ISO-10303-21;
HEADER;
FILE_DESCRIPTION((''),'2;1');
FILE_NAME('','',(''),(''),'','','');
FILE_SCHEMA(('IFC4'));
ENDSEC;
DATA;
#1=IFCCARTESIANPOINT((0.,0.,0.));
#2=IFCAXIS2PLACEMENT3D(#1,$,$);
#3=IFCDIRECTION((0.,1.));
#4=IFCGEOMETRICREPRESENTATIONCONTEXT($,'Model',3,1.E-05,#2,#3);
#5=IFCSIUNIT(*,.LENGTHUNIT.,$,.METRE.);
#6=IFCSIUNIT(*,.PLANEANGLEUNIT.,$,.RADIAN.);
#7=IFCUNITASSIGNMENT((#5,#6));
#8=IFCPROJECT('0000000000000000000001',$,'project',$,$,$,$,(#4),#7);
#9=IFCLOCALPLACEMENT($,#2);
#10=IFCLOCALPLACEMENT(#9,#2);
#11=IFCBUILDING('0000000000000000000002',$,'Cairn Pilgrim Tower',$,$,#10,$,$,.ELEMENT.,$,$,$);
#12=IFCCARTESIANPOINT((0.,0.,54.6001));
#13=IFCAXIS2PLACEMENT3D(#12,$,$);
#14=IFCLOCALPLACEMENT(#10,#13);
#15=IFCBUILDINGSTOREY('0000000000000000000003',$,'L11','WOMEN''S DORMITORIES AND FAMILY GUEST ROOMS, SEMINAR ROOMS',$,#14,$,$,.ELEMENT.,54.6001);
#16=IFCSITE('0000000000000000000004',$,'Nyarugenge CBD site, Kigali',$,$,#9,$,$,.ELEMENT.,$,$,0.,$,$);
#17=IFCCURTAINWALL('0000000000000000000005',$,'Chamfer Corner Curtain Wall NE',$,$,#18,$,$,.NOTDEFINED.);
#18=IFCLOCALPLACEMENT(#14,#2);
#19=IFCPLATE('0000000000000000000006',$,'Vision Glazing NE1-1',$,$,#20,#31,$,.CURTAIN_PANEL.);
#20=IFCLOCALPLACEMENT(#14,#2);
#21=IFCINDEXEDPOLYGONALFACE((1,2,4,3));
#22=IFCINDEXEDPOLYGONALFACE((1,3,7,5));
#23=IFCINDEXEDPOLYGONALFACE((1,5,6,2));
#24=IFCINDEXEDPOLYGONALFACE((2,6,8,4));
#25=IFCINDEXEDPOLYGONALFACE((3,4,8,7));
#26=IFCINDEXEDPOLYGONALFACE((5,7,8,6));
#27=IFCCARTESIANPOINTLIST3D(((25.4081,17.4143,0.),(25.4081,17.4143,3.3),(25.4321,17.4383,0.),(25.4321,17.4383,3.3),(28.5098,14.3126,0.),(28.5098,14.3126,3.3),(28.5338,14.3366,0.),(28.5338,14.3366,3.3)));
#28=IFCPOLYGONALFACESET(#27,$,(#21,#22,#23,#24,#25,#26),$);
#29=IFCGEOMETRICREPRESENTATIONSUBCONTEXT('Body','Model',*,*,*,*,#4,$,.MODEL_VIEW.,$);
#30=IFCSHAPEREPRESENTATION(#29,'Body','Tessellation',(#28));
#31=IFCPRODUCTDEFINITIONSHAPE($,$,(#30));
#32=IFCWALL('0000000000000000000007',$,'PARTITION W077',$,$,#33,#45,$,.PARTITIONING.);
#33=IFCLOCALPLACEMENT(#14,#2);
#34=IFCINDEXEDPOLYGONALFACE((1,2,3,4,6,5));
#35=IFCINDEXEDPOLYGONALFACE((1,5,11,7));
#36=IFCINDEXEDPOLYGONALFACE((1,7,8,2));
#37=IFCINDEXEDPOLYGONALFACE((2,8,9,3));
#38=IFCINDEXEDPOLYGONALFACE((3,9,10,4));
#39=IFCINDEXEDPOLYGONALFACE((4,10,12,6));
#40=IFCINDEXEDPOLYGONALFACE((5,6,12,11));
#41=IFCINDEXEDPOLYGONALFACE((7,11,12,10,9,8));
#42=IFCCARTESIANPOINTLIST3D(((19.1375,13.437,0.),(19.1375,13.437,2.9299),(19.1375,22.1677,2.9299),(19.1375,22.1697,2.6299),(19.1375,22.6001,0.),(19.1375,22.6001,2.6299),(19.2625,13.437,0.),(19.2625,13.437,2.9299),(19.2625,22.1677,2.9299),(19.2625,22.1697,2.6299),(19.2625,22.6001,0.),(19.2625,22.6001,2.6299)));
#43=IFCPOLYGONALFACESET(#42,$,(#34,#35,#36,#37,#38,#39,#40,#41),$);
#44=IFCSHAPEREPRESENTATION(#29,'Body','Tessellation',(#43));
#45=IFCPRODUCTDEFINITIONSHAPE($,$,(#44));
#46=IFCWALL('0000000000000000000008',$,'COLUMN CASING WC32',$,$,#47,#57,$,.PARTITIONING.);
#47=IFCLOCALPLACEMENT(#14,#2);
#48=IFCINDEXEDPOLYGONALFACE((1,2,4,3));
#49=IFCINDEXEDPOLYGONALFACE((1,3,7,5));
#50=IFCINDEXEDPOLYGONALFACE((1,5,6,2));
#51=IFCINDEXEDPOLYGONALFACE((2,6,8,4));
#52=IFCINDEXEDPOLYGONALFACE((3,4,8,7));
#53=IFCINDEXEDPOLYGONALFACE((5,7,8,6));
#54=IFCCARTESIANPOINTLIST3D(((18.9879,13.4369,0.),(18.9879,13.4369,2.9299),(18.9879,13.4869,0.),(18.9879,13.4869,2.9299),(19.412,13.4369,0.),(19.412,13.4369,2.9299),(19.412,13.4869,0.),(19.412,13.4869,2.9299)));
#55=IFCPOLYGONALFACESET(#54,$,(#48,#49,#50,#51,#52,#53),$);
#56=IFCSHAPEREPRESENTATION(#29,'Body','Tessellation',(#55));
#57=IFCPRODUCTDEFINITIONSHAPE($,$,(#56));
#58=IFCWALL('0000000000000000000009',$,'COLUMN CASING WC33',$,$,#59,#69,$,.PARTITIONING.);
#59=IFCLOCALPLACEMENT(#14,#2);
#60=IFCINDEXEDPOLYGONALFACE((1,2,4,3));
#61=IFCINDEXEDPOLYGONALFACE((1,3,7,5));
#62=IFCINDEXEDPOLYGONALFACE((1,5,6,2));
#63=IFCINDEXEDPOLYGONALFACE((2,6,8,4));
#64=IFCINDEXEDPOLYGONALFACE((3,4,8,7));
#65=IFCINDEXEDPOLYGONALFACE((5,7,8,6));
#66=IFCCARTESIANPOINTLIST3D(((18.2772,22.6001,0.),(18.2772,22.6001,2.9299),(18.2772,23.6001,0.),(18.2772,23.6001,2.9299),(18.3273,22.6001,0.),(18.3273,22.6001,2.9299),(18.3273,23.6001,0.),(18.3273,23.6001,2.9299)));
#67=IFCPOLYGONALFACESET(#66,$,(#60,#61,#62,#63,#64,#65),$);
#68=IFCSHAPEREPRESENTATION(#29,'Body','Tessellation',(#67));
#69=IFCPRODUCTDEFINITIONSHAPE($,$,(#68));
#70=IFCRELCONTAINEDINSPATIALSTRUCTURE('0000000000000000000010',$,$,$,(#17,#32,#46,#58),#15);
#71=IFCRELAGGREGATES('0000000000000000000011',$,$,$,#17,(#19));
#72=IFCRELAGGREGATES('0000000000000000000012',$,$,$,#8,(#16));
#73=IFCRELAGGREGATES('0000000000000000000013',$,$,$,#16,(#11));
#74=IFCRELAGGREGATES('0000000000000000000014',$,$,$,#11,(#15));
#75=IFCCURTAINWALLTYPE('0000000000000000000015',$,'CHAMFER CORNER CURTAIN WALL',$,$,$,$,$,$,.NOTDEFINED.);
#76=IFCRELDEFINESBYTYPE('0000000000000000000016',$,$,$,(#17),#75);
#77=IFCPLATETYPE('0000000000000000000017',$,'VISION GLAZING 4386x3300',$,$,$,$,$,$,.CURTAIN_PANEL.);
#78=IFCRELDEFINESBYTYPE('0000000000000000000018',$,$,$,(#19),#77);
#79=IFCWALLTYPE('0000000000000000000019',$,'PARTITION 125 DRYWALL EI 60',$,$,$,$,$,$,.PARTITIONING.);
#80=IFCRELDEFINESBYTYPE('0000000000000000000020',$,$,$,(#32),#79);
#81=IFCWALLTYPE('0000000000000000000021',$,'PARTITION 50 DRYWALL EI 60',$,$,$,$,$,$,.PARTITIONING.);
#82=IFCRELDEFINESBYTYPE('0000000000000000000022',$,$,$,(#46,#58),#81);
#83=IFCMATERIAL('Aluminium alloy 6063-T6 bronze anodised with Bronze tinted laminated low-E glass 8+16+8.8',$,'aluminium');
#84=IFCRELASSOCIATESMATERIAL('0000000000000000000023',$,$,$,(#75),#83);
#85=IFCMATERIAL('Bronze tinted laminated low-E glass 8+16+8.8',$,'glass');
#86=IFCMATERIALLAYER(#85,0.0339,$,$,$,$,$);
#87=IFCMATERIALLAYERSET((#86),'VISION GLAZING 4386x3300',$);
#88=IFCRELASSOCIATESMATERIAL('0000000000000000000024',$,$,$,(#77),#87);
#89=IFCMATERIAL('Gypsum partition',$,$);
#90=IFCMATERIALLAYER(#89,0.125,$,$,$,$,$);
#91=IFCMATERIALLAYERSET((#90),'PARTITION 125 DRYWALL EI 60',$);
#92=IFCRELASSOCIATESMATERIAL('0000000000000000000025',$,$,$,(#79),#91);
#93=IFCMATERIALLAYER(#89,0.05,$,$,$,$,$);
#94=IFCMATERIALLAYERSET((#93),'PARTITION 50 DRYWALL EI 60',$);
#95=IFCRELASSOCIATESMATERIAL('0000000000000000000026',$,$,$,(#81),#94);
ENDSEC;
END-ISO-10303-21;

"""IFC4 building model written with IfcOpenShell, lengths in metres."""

from ifc_helpers import new_model, si_unit, direction, frame, frame_2d, origin, origin_2d, place, context, subcontext, project, spatial, polyline, rectangle, outline, extrude, material, layer, layer_set, type_object, element, aggregate, save


model = new_model("IFC4")

# Units and contexts
model_context = context("Model", 3, precision=1e-05, world=origin(), true_north=direction((0.0, 1.0)))
body_context = subcontext(model_context, "Body", "Model", "MODEL_VIEW")
ifc_project = project(units=[si_unit("LENGTHUNIT", "METRE"), si_unit("PLANEANGLEUNIT", "RADIAN")], contexts=[model_context])

# Site, building, storey
site_placement = place(None, origin())
site = spatial("IfcSite", under=ifc_project, at=site_placement, Name="Nyarugenge CBD site, Kigali", CompositionType="ELEMENT", RefElevation=0.0)
building_placement = place(site_placement, origin())
building = spatial("IfcBuilding", under=site, at=building_placement, Name="Cairn Pilgrim Tower", CompositionType="ELEMENT")
storey_placement = place(building_placement, frame((0.0, 0.0, 54.6001)))
storey = spatial("IfcBuildingStorey", under=building, at=storey_placement, Name="L11", Description="WOMEN'S DORMITORIES AND FAMILY GUEST ROOMS, SEMINAR ROOMS", CompositionType="ELEMENT", Elevation=54.6001)

# Curtain wall
ifc_material_1 = material(Name="Aluminium alloy 6063-T6 bronze anodised with Bronze tinted laminated low-E glass 8+16+8.8", Category="aluminium")
curtain_wall_type_1 = type_object("IfcCurtainWallType", Name="CHAMFER CORNER CURTAIN WALL", PredefinedType="NOTDEFINED", material=ifc_material_1)
curtain_wall_1_placement = place(storey_placement, origin())
curtain_wall_1 = element("IfcCurtainWall", 1, at=curtain_wall_1_placement, inside=storey, type_object=curtain_wall_type_1, Name="Chamfer Corner Curtain Wall NE", PredefinedType="NOTDEFINED")

# Plate
ifc_material_2 = material(Name="Bronze tinted laminated low-E glass 8+16+8.8", Category="glass")
ifc_layer_1 = layer(ifc_material_2, 0.0339)
ifc_layer_set_1 = layer_set([ifc_layer_1], Name="VISION GLAZING 4386x3300")
plate_type_1 = type_object("IfcPlateType", Name="VISION GLAZING 4386x3300", PredefinedType="CURTAIN_PANEL", material=ifc_layer_set_1)
plate_1_placement = place(storey_placement, frame((26.9709, 15.8755, 0.0), z_axis=(0.0, 0.0, 1.0), x_axis=(-0.707107, 0.707107, 0.0)))
plate_1 = element("IfcPlate", 2, at=plate_1_placement, type_object=plate_type_1, Name="Vision Glazing NE1-1", PredefinedType="CURTAIN_PANEL", context=body_context, shape_type="SweptSolid", body=[
    extrude(rectangle(XDim=4.3865, YDim=0.0339, at=origin_2d()), origin(), (0.0, 0.0, 1.0), 3.3),
])
aggregate(curtain_wall_1, [plate_1])

# Walls
ifc_material_3 = material(Name="Gypsum partition")
ifc_layer_2 = layer(ifc_material_3, 0.125)
ifc_layer_set_2 = layer_set([ifc_layer_2], Name="PARTITION 125 DRYWALL EI 60")
wall_type_1 = type_object("IfcWallType", Name="PARTITION 125 DRYWALL EI 60", PredefinedType="PARTITIONING", material=ifc_layer_set_2)
wall_1_placement = place(storey_placement, frame((19.2, 13.437, 0.0), z_axis=(0.0, 0.0, 1.0), x_axis=(0.0, 1.0, 0.0)))
element("IfcWall", 3, at=wall_1_placement, inside=storey, type_object=wall_type_1, Name="PARTITION W077", PredefinedType="PARTITIONING", context=body_context, shape_type="SweptSolid", body=[
    extrude(outline(polyline([(0.0, 0.0), (9.1631, 0.0), (9.1631, 2.6299), (8.7327, 2.6299), (8.7307, 2.9299), (0.0, 2.9299), (0.0, 0.0)])), frame((0.0, 0.0625, 0.0), z_axis=(0.0, -1.0, 0.0), x_axis=(1.0, 0.0, 0.0)), (0.0, 0.0, 1.0), 0.125),
])
ifc_layer_3 = layer(ifc_material_3, 0.05)
ifc_layer_set_3 = layer_set([ifc_layer_3], Name="PARTITION 50 DRYWALL EI 60")
wall_type_2 = type_object("IfcWallType", Name="PARTITION 50 DRYWALL EI 60", PredefinedType="PARTITIONING", material=ifc_layer_set_3)
wall_2_placement = place(storey_placement, frame((18.988, 13.4619, 0.0), z_axis=(0.0, 0.0, 1.0), x_axis=(1.0, 0.0, 0.0)))
element("IfcWall", 4, at=wall_2_placement, inside=storey, type_object=wall_type_2, Name="COLUMN CASING WC32", PredefinedType="PARTITIONING", context=body_context, shape_type="SweptSolid", body=[
    extrude(rectangle(XDim=0.4241, YDim=0.05, at=frame_2d((0.2119, 0.0))), origin(), (0.0, 0.0, 1.0), 2.9299),
])
wall_3_placement = place(storey_placement, frame((18.3022, 22.6001, 0.0), z_axis=(0.0, 0.0, 1.0), x_axis=(0.0, 1.0, 0.0)))
element("IfcWall", 5, at=wall_3_placement, inside=storey, type_object=wall_type_2, Name="COLUMN CASING WC33", PredefinedType="PARTITIONING", context=body_context, shape_type="SweptSolid", body=[
    extrude(rectangle(XDim=1.0, YDim=0.05, at=frame_2d((0.5, 0.0))), origin(), (0.0, 0.0, 1.0), 2.9299),
])

save(model, "model.ifc")
